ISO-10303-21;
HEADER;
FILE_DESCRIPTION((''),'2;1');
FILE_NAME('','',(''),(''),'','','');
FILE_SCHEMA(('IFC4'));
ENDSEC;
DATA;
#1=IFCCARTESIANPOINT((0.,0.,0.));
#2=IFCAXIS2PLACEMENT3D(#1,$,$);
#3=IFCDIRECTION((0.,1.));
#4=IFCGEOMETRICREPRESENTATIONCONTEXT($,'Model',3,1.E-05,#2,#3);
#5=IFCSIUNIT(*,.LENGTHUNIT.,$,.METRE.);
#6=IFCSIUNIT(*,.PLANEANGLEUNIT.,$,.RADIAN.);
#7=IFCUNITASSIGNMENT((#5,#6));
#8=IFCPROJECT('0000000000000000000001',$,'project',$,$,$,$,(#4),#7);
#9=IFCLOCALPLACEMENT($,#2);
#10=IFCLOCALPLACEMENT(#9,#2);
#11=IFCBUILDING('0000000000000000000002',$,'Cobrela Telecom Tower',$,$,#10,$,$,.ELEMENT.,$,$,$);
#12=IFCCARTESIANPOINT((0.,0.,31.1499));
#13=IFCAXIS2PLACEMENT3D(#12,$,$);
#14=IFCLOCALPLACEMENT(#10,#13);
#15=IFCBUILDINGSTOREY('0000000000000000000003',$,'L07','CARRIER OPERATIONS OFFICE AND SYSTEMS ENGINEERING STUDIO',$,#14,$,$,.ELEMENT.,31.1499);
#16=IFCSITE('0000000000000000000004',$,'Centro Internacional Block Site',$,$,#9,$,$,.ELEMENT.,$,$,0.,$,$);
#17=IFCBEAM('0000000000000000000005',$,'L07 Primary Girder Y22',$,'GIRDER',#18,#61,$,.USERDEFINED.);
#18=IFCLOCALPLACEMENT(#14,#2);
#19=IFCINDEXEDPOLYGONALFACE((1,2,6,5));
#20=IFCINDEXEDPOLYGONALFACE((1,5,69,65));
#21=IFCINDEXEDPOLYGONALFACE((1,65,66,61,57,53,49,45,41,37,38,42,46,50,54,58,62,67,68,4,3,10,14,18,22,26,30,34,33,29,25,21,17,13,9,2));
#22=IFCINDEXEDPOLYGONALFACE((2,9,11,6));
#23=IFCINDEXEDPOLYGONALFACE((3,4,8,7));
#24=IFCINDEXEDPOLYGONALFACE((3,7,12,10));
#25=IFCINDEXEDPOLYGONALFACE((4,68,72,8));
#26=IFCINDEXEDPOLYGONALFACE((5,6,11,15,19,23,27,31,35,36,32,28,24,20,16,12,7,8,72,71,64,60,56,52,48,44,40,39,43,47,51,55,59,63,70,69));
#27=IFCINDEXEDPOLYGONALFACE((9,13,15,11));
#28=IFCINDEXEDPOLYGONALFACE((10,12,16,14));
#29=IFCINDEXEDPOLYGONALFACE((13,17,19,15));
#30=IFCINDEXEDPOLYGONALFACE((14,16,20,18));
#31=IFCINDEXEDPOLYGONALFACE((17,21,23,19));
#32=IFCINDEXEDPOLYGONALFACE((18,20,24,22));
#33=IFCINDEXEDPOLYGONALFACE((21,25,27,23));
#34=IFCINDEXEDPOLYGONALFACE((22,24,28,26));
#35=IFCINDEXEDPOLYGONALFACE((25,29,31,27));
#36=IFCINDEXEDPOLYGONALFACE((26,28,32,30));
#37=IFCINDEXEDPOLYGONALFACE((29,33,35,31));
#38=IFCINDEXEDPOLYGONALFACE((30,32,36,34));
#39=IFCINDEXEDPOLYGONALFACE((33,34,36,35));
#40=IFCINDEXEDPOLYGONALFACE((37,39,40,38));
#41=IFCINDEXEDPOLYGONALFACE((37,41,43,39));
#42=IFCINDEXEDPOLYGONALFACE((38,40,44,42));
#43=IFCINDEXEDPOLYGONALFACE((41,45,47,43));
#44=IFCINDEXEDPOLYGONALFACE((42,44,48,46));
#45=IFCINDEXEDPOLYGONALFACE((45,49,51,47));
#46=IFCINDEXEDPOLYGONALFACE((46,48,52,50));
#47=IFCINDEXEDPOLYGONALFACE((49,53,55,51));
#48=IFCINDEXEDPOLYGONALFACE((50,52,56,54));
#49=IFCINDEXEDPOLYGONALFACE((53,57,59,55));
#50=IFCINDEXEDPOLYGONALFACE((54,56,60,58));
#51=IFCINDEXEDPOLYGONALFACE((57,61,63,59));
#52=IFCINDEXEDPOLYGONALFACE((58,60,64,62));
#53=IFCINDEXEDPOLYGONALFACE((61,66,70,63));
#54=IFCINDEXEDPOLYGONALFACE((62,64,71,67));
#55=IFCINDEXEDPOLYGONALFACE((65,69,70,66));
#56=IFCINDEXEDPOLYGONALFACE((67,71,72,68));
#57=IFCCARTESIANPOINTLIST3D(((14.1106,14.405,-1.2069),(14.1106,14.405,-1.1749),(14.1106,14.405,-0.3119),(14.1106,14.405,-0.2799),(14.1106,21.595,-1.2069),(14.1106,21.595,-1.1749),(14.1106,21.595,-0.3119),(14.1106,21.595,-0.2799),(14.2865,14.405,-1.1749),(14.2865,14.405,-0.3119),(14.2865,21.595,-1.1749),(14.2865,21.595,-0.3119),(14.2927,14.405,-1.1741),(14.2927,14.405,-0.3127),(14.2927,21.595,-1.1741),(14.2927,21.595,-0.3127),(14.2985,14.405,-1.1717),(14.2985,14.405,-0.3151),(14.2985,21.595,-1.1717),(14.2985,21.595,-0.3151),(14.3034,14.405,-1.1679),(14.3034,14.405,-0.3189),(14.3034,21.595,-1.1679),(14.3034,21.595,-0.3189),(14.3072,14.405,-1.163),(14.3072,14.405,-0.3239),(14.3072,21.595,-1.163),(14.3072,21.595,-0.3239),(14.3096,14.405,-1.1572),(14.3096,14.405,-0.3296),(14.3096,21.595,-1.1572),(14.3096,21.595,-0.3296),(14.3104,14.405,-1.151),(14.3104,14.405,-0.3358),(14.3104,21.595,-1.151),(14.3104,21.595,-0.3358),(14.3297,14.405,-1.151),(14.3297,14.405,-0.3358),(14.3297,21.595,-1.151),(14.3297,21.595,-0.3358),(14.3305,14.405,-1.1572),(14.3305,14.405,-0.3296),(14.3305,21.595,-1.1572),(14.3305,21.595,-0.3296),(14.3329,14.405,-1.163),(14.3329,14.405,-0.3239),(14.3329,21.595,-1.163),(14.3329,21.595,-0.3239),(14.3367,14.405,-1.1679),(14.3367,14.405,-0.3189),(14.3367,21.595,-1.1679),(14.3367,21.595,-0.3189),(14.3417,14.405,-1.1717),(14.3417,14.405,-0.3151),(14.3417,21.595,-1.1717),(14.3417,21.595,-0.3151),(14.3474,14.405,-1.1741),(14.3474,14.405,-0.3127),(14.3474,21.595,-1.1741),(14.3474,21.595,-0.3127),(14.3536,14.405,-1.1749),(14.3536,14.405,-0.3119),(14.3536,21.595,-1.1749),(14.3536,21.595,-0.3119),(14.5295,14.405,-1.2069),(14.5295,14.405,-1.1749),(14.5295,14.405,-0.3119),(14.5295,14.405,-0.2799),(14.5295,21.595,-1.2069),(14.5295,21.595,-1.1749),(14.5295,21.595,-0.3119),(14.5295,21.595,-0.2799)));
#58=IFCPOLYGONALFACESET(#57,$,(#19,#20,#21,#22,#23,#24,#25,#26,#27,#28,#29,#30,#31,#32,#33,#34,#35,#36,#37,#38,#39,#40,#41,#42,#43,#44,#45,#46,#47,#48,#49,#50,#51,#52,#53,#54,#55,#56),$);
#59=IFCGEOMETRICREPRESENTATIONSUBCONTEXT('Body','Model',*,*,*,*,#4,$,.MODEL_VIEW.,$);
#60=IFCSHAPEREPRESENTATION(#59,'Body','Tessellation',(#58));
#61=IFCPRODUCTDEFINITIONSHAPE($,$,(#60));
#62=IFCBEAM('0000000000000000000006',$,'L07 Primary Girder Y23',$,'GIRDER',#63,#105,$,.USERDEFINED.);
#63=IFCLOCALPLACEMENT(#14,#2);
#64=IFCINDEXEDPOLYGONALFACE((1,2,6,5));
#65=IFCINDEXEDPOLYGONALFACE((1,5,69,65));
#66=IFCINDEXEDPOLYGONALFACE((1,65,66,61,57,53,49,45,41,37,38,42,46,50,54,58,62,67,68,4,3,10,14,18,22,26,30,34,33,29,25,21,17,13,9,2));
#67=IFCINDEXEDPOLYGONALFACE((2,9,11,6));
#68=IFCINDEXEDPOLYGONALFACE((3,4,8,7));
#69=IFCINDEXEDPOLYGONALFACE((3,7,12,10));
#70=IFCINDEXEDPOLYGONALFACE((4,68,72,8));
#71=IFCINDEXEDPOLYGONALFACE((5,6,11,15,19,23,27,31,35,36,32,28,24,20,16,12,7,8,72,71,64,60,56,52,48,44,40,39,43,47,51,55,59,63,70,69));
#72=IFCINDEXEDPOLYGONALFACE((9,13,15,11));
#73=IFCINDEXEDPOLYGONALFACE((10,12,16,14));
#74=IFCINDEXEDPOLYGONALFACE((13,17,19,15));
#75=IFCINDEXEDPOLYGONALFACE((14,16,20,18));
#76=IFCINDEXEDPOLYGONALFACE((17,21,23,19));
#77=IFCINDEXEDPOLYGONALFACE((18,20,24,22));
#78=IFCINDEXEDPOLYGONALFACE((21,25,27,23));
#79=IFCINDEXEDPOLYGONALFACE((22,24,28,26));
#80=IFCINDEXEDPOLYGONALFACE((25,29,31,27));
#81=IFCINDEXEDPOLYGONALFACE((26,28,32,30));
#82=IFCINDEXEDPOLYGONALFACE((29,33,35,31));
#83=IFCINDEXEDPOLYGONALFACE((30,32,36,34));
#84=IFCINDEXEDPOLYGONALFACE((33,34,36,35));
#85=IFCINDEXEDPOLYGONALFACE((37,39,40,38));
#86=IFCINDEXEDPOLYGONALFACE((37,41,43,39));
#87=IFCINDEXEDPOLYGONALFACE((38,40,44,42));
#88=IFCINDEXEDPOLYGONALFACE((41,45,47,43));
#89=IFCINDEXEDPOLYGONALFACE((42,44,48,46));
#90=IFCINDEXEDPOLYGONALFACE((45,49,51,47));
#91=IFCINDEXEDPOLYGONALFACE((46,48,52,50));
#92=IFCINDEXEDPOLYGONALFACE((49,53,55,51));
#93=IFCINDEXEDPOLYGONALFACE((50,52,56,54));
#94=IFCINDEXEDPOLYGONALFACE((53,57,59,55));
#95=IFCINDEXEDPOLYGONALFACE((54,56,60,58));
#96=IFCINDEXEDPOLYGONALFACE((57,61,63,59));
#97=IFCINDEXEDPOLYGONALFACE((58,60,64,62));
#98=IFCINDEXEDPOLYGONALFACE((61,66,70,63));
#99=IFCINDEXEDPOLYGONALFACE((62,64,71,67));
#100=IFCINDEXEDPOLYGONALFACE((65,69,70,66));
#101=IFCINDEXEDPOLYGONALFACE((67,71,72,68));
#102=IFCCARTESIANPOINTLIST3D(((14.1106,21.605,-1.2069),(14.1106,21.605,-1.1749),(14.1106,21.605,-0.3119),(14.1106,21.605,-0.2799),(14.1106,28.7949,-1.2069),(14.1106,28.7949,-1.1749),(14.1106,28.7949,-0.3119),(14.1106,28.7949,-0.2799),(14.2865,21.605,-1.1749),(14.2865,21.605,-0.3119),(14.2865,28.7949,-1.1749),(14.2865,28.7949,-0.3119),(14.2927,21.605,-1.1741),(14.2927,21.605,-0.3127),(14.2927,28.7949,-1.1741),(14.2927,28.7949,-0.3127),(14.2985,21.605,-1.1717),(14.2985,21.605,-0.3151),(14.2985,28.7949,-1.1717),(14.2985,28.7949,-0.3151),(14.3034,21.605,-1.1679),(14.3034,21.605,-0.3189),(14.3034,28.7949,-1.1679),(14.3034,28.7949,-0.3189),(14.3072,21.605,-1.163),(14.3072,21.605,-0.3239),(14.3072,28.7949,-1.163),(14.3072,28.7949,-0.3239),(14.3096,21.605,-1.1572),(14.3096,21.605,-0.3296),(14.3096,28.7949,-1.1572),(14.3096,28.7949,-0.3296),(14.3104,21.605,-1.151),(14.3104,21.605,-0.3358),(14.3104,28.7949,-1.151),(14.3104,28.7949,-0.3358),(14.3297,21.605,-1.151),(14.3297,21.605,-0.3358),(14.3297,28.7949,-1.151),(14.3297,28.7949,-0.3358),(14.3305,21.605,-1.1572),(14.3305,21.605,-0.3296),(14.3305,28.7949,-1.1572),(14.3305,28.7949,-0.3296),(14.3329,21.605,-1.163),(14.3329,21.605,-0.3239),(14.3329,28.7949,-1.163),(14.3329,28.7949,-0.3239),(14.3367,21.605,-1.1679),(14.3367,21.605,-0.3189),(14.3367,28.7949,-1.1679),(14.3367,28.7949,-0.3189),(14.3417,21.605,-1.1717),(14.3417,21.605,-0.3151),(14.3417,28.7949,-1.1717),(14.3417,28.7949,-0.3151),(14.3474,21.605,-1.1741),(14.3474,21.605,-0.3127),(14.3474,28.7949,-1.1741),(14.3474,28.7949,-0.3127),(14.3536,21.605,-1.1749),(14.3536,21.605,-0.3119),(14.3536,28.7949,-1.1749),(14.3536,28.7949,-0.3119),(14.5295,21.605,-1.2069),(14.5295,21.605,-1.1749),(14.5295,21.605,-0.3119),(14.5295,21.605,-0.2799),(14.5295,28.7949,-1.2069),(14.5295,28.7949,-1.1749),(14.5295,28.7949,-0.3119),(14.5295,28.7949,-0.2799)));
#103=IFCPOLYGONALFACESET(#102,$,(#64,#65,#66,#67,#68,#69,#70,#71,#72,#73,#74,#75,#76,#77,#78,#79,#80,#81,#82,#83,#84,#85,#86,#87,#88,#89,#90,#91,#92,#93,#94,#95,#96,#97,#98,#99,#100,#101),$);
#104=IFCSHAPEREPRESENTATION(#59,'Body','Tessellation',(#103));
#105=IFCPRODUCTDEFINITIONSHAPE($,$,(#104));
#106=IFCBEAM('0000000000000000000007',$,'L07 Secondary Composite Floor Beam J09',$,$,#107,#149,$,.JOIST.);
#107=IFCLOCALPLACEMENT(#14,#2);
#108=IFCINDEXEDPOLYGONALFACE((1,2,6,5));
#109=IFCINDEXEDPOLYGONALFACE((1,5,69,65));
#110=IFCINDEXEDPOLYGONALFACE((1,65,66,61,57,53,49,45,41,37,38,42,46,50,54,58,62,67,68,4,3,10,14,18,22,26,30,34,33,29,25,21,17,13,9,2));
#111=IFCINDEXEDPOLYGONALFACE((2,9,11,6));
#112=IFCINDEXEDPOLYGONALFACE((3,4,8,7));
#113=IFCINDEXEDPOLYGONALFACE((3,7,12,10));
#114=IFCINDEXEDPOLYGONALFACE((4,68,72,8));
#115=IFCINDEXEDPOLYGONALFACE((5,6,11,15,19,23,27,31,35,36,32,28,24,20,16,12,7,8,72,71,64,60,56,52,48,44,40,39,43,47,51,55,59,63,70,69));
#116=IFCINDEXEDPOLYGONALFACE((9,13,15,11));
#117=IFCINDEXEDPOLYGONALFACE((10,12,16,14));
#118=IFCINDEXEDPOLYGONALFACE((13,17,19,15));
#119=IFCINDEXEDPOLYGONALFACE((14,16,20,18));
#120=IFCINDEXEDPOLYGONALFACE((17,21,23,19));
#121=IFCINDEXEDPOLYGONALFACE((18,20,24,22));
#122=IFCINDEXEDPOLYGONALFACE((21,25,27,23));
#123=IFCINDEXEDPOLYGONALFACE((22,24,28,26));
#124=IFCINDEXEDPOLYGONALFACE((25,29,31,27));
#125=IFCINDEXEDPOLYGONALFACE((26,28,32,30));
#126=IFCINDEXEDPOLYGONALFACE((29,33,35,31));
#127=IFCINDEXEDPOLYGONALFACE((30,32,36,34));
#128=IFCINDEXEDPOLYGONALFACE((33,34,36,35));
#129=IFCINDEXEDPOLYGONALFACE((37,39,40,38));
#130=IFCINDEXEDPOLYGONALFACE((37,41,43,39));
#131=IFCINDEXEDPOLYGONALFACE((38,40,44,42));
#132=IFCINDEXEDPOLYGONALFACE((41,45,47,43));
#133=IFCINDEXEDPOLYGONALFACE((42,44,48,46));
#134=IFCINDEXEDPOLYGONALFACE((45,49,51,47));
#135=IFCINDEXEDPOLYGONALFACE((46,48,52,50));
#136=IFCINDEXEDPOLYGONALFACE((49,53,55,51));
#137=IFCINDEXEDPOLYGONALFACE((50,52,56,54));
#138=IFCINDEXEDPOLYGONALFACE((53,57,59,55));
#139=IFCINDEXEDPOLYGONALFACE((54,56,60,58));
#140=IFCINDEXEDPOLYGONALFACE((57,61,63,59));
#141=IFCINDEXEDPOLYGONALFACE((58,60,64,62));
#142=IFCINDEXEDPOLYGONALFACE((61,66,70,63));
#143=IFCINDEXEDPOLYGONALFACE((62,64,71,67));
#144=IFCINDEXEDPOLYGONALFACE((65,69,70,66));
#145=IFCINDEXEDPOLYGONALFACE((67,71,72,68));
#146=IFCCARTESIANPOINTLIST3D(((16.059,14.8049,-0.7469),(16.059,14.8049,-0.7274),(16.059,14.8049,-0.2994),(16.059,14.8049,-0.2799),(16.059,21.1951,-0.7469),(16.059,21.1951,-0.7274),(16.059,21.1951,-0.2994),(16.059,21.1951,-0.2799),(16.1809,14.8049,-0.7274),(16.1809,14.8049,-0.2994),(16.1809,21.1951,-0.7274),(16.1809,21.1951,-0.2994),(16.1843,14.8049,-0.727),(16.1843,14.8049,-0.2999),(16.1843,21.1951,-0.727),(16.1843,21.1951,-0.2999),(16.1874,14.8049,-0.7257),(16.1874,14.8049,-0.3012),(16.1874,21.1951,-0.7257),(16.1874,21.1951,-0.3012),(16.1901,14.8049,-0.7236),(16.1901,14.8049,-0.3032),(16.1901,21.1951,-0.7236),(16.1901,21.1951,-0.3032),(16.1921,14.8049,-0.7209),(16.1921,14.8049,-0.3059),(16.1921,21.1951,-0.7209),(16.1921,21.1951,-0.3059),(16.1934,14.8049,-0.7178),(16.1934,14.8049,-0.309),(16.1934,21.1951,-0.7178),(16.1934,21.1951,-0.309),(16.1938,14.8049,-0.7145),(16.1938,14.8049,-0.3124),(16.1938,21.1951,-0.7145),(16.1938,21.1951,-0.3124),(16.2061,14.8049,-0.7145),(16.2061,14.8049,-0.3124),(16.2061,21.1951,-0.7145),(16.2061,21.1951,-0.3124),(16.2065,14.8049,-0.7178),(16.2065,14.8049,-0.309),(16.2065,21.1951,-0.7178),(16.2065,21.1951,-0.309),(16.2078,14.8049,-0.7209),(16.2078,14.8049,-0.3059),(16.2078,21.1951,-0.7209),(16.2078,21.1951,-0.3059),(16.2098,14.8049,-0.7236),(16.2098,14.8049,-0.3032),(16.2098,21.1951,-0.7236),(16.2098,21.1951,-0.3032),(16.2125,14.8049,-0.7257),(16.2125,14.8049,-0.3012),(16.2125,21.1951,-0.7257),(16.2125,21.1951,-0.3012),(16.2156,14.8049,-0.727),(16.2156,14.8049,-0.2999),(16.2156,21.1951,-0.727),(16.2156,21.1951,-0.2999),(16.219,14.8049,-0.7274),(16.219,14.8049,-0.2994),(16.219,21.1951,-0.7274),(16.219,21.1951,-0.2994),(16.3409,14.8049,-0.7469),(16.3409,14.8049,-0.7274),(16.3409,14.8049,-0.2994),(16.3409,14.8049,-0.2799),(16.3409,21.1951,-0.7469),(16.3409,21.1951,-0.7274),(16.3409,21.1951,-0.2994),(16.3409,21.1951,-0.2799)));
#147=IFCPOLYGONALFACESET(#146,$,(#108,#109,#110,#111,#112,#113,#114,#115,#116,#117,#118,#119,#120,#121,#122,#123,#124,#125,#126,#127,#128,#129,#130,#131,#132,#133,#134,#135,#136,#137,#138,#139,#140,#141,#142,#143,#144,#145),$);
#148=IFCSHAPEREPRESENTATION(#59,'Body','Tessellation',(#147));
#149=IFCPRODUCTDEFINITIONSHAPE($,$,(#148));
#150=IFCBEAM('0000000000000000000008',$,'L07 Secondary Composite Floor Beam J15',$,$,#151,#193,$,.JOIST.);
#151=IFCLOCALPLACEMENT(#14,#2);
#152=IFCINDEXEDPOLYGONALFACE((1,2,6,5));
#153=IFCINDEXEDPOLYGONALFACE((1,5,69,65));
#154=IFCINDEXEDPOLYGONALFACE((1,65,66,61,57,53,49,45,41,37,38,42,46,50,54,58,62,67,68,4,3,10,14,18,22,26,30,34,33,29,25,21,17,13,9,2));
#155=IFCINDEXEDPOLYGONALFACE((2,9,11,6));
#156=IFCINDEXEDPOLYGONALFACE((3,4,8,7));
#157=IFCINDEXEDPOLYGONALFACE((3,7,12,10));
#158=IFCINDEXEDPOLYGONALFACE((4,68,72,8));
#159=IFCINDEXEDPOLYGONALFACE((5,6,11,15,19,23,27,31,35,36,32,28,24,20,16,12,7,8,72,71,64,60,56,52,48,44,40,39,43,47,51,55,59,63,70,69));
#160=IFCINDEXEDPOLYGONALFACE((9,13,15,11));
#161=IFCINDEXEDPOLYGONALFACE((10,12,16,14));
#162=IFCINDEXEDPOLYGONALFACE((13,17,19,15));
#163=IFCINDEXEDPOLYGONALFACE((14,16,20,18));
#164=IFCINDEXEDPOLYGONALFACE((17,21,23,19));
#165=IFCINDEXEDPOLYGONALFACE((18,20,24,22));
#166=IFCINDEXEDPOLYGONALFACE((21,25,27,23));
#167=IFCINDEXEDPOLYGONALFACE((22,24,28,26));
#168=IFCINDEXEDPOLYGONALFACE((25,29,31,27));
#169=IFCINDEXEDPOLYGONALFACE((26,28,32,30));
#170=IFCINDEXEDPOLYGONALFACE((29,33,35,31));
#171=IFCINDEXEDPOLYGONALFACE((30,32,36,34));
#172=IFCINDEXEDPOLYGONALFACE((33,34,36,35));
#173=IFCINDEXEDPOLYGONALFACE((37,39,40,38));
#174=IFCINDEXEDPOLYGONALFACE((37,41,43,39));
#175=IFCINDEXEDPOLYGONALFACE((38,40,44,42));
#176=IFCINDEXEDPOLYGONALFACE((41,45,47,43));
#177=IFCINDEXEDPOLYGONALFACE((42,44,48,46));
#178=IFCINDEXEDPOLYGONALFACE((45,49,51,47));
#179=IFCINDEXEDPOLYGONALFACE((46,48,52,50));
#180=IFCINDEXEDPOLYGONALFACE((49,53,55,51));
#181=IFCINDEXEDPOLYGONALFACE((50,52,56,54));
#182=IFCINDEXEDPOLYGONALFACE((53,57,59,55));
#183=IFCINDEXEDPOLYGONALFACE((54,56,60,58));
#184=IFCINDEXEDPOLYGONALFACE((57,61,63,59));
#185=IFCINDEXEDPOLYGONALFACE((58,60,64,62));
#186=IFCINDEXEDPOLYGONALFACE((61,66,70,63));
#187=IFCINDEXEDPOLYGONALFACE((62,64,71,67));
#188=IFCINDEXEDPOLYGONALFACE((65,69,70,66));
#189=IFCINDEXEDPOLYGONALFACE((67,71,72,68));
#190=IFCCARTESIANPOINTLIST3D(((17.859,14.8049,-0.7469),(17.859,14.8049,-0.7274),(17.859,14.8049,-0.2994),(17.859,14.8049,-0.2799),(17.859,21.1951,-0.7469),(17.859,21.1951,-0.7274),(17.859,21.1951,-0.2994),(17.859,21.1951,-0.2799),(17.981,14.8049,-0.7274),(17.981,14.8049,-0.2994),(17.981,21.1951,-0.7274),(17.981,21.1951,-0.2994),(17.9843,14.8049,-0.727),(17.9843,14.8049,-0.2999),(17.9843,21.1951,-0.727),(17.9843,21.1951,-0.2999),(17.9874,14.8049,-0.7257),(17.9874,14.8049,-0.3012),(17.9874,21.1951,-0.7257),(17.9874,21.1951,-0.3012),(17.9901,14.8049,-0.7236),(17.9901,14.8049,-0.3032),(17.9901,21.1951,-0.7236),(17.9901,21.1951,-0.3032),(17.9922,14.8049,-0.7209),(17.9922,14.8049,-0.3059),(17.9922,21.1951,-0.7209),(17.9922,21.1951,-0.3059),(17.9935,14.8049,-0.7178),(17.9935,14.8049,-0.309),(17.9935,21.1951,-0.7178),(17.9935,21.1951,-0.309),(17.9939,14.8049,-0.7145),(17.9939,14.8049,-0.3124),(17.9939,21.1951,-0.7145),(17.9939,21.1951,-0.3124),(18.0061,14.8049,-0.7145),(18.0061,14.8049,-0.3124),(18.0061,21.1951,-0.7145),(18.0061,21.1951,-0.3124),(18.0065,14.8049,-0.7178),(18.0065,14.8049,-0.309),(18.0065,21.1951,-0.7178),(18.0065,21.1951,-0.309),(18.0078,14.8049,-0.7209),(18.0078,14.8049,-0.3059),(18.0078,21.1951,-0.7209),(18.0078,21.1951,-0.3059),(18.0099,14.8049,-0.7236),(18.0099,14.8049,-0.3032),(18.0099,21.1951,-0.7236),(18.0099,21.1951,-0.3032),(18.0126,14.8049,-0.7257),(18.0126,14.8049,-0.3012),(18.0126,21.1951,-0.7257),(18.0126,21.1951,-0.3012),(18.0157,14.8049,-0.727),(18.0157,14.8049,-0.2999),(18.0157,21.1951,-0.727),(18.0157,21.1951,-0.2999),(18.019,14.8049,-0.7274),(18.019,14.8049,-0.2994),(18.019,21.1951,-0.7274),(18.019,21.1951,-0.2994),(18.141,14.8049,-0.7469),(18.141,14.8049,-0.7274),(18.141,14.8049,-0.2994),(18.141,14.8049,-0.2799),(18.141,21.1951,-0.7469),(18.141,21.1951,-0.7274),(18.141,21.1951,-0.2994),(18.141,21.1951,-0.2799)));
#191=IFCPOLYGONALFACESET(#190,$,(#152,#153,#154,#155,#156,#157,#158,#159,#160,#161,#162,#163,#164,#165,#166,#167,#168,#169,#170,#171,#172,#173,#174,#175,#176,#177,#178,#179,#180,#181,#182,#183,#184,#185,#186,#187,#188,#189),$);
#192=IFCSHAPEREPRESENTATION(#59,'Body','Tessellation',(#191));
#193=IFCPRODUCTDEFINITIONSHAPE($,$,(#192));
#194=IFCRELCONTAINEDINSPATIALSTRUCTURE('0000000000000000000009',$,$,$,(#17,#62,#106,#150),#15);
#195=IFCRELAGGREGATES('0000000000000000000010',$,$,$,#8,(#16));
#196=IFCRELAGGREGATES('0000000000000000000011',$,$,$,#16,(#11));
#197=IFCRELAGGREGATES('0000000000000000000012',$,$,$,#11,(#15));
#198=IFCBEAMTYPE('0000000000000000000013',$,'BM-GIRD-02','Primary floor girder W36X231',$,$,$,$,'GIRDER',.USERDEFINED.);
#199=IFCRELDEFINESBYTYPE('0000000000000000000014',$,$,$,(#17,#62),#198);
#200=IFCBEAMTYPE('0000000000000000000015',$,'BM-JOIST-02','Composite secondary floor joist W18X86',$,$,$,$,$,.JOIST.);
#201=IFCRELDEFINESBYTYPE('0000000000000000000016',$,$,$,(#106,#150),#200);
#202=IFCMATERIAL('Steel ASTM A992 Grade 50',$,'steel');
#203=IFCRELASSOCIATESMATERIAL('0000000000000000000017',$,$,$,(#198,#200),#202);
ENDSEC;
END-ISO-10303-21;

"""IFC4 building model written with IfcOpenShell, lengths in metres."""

from ifc_helpers import new_model, si_unit, direction, frame, origin, origin_2d, place, context, subcontext, project, spatial, i_section, extrude, material, material_profile, profile_set, type_object, element, save


model = new_model("IFC4")

# Units and contexts
model_context = context("Model", 3, precision=1e-05, world=origin(), true_north=direction((0.0, 1.0)))
body_context = subcontext(model_context, "Body", "Model", "MODEL_VIEW")
ifc_project = project(units=[si_unit("LENGTHUNIT", "METRE"), si_unit("PLANEANGLEUNIT", "RADIAN")], contexts=[model_context])

# Site, building, storey
site_placement = place(None, origin())
site = spatial("IfcSite", under=ifc_project, at=site_placement, Name="Centro Internacional Block Site", CompositionType="ELEMENT", RefElevation=0.0)
building_placement = place(site_placement, origin())
building = spatial("IfcBuilding", under=site, at=building_placement, Name="Cobrela Telecom Tower", CompositionType="ELEMENT")
storey_placement = place(building_placement, frame((0.0, 0.0, 31.1499)))
storey = spatial("IfcBuildingStorey", under=building, at=storey_placement, Name="L07", Description="CARRIER OPERATIONS OFFICE AND SYSTEMS ENGINEERING STUDIO", CompositionType="ELEMENT", Elevation=31.1499)

# Beams
ifc_material_1 = material(Name="Steel ASTM A992 Grade 50", Category="steel")
ifc_material_profile_1 = material_profile(ifc_material_1, i_section(OverallWidth=0.4189, OverallDepth=0.927, WebThickness=0.0193, FlangeThickness=0.032, FilletRadius=0.0239, at=origin_2d()), Name="W36X231")
ifc_profile_set_1 = profile_set([ifc_material_profile_1], Name="Steel ASTM A992 Grade 50")
beam_type_1 = type_object("IfcBeamType", Name="BM-GIRD-02", Description="Primary floor girder W36X231", ElementType="GIRDER", PredefinedType="USERDEFINED", material=ifc_profile_set_1)
for number, where, z_axis, x_axis, name in (
    (1, (14.3201, 14.405, -0.7434), (0.0, 1.0, 0.0), (-1.0, 0.0, 0.0), "L07 Primary Girder Y22"),
    (2, (14.3201, 21.605, -0.7434), (0.0, 1.0, 0.0), (-1.0, 0.0, 0.0), "L07 Primary Girder Y23"),
):
    element("IfcBeam", number, at=place(storey_placement, frame(where, z_axis=z_axis, x_axis=x_axis)), inside=storey, type_object=beam_type_1, Name=name, ObjectType="GIRDER", PredefinedType="USERDEFINED", context=body_context, shape_type="SweptSolid", body=[
        extrude(i_section(OverallWidth=0.4189, OverallDepth=0.927, WebThickness=0.0193, FlangeThickness=0.032, FilletRadius=0.0239, at=origin_2d()), origin(), (0.0, 0.0, 1.0), 7.1899),
    ])
ifc_material_profile_2 = material_profile(ifc_material_1, i_section(OverallWidth=0.282, OverallDepth=0.467, WebThickness=0.0122, FlangeThickness=0.0195, FilletRadius=0.0129, at=origin_2d()), Name="W18X86")
ifc_profile_set_2 = profile_set([ifc_material_profile_2], Name="Steel ASTM A992 Grade 50")
beam_type_2 = type_object("IfcBeamType", Name="BM-JOIST-02", Description="Composite secondary floor joist W18X86", PredefinedType="JOIST", material=ifc_profile_set_2)
for number, where, z_axis, x_axis, name in (
    (3, (16.2, 14.8049, -0.5134), (0.0, 1.0, 0.0), (-1.0, 0.0, 0.0), "L07 Secondary Composite Floor Beam J09"),
    (4, (18.0, 14.8049, -0.5134), (0.0, 1.0, 0.0), (-1.0, 0.0, 0.0), "L07 Secondary Composite Floor Beam J15"),
):
    element("IfcBeam", number, at=place(storey_placement, frame(where, z_axis=z_axis, x_axis=x_axis)), inside=storey, type_object=beam_type_2, Name=name, PredefinedType="JOIST", context=body_context, shape_type="SweptSolid", body=[
        extrude(i_section(OverallWidth=0.282, OverallDepth=0.467, WebThickness=0.0122, FlangeThickness=0.0195, FilletRadius=0.0129, at=origin_2d()), origin(), (0.0, 0.0, 1.0), 6.3901),
    ])

save(model, "model.ifc")
